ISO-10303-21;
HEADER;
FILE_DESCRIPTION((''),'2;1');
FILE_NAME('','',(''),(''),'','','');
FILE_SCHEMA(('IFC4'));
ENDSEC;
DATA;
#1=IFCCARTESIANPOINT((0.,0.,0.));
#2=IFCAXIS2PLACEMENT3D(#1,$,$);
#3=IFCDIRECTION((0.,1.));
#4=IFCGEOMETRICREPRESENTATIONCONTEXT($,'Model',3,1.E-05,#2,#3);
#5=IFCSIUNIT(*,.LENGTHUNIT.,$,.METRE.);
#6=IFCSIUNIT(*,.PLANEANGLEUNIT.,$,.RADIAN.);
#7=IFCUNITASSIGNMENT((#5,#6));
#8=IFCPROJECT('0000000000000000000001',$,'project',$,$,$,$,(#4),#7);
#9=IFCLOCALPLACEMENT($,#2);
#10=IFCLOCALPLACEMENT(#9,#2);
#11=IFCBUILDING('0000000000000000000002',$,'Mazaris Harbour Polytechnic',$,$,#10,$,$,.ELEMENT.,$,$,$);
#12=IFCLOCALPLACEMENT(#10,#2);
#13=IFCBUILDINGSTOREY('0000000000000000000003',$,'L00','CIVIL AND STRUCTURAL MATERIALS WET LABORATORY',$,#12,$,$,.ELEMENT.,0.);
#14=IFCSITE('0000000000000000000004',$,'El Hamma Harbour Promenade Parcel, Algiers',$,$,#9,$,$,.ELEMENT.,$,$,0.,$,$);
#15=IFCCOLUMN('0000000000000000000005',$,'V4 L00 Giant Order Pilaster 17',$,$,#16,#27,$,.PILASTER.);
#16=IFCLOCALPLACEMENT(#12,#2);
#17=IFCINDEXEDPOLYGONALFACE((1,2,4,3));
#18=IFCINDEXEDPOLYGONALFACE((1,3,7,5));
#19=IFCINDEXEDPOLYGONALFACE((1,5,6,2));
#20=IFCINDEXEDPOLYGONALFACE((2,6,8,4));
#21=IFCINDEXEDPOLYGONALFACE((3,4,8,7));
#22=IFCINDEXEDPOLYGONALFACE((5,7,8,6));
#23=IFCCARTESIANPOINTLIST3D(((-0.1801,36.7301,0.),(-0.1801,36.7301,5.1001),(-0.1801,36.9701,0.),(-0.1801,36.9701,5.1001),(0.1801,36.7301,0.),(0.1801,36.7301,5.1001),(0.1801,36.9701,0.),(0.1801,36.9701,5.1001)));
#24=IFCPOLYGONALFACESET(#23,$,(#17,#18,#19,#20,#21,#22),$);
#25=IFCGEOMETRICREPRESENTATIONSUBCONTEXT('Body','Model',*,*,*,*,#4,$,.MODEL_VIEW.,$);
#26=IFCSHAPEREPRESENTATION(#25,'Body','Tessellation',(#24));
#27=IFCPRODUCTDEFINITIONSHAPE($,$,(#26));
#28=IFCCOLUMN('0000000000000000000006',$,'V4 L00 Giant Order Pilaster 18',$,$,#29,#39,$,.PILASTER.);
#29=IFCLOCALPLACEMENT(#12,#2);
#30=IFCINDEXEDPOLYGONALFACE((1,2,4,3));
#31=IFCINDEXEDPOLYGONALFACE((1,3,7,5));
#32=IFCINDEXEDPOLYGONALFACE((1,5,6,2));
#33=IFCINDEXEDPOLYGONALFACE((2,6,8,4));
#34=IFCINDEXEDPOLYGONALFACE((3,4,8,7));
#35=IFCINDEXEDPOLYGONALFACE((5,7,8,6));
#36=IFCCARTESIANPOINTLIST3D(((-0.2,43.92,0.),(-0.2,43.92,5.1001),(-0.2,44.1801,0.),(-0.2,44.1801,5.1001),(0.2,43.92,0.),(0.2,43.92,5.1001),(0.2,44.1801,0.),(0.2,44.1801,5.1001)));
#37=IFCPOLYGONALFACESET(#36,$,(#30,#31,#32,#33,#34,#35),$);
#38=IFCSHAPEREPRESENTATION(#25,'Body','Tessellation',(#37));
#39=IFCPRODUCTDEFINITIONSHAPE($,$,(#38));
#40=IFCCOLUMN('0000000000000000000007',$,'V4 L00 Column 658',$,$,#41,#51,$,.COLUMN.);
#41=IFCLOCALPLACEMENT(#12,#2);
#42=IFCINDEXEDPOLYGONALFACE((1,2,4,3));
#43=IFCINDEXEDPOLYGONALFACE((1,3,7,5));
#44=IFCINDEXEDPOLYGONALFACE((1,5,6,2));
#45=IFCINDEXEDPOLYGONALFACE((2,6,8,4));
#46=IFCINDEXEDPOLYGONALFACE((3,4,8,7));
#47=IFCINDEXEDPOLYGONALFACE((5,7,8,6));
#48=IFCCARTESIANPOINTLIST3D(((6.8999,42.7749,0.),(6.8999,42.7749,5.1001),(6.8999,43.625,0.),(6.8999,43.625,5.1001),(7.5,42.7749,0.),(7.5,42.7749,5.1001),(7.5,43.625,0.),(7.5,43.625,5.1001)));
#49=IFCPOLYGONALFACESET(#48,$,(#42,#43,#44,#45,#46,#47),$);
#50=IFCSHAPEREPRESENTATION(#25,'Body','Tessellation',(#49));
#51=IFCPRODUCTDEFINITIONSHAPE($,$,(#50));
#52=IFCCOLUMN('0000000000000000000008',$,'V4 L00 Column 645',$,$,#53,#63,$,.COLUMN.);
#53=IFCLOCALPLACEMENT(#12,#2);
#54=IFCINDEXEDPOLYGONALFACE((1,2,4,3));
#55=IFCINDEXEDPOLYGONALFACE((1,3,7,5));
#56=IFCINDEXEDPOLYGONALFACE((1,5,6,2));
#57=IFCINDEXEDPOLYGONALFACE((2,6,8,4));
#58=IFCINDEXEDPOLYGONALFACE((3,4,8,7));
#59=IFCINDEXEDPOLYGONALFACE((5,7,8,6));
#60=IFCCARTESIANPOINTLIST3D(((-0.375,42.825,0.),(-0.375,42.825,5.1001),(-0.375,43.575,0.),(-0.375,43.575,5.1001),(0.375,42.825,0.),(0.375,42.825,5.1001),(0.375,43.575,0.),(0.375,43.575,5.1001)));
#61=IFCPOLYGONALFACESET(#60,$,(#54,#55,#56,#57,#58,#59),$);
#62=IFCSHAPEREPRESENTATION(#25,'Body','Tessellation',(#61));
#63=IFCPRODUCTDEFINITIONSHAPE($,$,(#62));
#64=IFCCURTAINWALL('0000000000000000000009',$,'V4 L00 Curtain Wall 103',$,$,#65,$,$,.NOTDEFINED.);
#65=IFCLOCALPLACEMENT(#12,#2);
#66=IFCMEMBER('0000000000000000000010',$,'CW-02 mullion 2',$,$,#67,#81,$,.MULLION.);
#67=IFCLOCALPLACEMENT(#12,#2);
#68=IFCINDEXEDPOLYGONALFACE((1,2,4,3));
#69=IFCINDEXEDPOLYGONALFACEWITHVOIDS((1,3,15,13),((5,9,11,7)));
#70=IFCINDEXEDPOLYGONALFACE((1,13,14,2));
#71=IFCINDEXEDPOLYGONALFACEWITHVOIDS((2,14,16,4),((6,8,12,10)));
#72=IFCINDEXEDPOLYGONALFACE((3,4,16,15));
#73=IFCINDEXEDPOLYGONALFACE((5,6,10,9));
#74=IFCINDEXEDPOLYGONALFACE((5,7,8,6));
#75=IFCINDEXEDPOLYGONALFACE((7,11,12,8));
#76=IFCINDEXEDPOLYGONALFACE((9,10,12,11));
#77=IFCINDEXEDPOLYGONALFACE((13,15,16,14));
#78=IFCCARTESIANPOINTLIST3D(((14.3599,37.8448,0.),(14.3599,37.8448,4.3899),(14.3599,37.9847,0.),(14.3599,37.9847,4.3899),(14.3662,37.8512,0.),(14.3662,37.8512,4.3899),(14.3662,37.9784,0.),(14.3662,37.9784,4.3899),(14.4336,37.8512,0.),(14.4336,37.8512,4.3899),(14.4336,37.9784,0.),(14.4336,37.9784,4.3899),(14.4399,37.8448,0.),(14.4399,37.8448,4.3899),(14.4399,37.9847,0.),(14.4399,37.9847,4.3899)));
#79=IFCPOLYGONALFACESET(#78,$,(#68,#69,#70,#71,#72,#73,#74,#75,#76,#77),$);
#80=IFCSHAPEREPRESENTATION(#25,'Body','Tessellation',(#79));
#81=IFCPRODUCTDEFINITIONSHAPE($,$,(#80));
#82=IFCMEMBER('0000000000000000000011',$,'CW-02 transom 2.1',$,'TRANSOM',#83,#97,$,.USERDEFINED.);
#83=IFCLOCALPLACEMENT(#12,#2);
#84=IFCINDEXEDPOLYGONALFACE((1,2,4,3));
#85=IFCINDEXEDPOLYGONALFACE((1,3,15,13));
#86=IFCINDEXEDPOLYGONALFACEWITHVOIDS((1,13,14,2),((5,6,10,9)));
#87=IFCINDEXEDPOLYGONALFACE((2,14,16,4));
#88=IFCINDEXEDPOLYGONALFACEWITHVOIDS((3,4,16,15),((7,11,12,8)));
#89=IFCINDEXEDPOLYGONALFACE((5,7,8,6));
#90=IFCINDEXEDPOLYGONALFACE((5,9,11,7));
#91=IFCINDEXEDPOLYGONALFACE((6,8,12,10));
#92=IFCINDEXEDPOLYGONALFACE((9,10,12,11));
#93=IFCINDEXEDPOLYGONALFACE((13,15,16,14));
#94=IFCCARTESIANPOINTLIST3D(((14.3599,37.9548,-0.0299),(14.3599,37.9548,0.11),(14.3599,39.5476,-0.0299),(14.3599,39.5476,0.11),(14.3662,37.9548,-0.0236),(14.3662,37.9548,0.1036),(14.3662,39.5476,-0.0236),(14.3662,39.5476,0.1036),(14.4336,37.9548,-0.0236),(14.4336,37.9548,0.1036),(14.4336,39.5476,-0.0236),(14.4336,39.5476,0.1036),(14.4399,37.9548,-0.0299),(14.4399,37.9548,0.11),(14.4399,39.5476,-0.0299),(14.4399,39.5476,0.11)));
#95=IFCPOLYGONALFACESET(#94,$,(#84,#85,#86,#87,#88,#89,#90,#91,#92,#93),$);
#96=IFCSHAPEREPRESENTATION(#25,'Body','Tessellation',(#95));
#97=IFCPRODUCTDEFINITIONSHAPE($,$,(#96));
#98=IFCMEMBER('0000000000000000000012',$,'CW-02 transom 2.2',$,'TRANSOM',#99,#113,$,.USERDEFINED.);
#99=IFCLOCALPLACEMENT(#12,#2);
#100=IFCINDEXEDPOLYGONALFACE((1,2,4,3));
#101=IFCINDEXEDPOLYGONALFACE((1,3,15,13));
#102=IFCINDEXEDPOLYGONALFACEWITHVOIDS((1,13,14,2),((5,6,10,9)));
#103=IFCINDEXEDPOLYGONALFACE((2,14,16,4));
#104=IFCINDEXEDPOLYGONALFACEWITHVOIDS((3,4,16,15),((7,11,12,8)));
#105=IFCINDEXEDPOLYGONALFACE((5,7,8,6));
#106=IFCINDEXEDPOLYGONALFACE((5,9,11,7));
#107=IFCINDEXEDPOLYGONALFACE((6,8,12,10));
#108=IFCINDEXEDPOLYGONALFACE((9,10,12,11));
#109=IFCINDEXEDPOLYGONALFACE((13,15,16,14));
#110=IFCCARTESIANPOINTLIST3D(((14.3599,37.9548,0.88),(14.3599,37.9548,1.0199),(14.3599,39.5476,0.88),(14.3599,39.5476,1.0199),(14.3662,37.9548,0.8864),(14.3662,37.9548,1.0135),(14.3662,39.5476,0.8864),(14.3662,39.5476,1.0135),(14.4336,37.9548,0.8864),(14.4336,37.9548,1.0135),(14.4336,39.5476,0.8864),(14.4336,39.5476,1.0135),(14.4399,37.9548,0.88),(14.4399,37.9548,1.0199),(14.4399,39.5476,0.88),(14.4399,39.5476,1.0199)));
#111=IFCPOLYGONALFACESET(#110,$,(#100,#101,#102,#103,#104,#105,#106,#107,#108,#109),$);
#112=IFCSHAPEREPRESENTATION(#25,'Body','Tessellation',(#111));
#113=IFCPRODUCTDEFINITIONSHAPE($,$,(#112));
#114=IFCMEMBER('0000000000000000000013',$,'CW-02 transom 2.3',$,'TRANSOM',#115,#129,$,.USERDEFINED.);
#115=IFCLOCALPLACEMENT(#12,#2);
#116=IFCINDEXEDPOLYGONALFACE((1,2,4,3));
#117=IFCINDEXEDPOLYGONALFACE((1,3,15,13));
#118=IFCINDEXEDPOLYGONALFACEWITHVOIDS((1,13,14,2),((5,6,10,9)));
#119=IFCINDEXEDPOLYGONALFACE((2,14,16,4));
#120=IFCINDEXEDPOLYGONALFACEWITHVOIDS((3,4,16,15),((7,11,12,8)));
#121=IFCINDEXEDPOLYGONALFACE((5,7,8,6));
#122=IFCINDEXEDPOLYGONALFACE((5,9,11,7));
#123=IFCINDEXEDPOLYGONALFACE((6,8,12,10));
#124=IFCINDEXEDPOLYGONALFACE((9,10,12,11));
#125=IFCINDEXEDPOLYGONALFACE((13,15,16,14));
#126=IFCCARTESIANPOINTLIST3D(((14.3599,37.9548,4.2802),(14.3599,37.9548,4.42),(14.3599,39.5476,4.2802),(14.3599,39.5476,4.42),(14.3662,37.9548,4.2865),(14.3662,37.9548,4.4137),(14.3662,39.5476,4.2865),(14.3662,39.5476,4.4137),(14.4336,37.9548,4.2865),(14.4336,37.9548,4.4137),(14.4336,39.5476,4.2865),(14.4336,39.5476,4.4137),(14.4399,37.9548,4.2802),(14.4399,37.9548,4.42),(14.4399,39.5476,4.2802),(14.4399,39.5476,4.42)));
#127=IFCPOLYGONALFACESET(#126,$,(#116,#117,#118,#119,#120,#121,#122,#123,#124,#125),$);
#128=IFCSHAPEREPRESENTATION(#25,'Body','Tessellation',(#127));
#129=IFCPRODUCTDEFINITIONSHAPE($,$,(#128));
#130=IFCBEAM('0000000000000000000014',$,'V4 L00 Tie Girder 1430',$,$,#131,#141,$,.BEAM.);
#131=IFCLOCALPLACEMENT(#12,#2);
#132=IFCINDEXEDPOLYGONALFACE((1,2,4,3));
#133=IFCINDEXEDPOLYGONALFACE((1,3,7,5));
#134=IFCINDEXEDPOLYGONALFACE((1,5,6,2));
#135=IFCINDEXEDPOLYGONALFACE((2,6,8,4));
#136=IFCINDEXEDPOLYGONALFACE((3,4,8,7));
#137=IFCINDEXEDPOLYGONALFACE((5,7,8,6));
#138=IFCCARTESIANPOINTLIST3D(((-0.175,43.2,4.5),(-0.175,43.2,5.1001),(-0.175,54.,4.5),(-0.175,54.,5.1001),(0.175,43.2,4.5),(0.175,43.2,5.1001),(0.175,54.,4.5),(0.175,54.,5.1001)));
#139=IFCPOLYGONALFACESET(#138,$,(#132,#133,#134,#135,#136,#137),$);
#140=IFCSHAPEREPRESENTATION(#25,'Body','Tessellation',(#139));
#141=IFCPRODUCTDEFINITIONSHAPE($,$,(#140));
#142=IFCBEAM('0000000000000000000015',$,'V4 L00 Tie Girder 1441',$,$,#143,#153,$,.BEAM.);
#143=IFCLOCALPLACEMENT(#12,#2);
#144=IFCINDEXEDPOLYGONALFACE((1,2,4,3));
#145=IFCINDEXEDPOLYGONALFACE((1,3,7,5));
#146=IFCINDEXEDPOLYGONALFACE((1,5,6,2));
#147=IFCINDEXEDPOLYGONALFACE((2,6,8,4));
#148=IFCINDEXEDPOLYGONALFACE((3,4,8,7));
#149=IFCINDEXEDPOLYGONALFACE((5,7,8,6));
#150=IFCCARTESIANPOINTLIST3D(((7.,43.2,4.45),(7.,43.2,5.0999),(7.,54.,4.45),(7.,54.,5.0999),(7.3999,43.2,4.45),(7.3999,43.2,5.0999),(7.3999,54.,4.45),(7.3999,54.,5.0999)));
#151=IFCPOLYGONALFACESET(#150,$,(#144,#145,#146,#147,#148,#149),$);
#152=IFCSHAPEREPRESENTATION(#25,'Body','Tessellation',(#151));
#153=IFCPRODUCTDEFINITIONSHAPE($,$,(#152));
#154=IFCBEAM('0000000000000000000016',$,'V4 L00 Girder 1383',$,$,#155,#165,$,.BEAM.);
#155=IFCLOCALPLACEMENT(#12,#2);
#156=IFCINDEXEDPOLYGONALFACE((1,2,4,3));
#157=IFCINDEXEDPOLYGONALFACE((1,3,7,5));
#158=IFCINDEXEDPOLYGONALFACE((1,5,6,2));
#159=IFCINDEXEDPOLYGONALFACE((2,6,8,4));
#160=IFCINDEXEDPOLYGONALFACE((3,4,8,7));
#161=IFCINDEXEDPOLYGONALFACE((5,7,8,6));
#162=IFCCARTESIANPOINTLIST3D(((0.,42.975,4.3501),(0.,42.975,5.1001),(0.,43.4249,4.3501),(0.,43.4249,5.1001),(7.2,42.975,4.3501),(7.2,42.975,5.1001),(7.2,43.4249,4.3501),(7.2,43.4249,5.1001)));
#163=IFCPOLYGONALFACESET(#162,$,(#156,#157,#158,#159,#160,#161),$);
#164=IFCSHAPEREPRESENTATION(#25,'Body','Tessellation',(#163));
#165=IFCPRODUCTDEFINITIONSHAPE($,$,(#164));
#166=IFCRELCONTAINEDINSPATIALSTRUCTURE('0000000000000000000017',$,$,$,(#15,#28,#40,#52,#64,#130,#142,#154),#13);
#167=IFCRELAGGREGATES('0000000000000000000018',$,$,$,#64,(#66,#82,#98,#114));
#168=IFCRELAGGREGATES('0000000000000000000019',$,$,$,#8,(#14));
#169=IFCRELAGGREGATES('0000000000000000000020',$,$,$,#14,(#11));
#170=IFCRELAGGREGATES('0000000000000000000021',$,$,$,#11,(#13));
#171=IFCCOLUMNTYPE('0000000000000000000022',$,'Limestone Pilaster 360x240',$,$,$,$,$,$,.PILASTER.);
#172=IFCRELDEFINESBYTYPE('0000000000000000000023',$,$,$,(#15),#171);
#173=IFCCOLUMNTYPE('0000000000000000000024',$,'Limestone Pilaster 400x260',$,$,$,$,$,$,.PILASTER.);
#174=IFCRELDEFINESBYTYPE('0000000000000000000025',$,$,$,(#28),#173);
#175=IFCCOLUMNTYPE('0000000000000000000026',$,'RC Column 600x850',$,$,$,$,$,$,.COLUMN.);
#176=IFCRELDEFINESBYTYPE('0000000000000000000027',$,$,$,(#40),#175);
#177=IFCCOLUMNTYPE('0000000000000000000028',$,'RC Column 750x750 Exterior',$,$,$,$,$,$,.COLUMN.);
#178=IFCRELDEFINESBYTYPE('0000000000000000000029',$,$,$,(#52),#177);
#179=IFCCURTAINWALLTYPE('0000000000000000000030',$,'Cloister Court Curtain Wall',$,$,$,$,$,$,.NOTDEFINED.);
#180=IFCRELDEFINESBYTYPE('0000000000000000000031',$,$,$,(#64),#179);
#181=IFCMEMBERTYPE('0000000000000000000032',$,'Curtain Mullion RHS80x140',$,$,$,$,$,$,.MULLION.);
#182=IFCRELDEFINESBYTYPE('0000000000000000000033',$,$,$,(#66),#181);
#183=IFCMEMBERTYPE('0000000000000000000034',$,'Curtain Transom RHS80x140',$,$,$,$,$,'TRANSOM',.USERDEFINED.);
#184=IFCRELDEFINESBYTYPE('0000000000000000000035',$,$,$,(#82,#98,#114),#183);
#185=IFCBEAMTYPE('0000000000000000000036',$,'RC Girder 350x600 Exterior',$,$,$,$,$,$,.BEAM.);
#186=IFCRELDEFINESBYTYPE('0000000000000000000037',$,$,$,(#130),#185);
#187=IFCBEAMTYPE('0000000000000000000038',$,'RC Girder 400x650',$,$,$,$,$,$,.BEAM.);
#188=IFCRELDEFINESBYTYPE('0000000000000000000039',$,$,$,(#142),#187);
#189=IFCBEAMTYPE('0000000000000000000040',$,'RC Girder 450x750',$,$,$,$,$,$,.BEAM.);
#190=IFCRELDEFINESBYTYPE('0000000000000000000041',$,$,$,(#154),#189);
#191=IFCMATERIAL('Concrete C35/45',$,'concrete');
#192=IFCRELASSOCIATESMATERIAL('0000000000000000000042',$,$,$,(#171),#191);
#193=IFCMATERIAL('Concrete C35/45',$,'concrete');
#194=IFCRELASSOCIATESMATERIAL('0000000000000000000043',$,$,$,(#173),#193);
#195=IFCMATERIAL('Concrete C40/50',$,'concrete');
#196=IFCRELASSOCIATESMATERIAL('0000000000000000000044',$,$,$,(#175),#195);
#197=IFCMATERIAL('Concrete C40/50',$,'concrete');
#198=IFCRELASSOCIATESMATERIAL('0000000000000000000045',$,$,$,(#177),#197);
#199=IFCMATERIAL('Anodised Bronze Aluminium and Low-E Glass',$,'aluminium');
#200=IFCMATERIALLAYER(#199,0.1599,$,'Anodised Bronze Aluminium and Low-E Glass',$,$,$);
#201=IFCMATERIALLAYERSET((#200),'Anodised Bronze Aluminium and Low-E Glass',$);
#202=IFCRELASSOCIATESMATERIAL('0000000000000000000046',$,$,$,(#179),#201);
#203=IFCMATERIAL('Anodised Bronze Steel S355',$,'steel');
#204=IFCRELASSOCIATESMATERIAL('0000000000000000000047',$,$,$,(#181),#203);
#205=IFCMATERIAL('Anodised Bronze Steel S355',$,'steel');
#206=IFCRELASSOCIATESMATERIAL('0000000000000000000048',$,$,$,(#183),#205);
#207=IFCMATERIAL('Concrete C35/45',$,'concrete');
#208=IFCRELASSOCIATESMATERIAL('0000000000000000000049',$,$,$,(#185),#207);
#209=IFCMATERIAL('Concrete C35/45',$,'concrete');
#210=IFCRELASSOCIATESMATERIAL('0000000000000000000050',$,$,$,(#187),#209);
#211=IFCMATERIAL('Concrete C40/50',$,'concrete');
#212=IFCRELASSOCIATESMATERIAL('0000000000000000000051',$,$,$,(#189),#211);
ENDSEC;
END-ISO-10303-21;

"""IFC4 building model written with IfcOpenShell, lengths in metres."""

from ifc_helpers import new_model, si_unit, direction, frame, origin, origin_2d, place, context, subcontext, project, spatial, rectangle, hollow_rectangle, extrude, material, layer, layer_set, material_profile, profile_set, type_object, element, aggregate, save


model = new_model("IFC4")

# Units and contexts
model_context = context("Model", 3, precision=1e-05, world=origin(), true_north=direction((0.0, 1.0)))
body_context = subcontext(model_context, "Body", "Model", "MODEL_VIEW")
ifc_project = project(units=[si_unit("LENGTHUNIT", "METRE"), si_unit("PLANEANGLEUNIT", "RADIAN")], contexts=[model_context])

# Site, building, storey
site_placement = place(None, origin())
site = spatial("IfcSite", under=ifc_project, at=site_placement, Name="El Hamma Harbour Promenade Parcel, Algiers", CompositionType="ELEMENT", RefElevation=0.0)
building_placement = place(site_placement, origin())
building = spatial("IfcBuilding", under=site, at=building_placement, Name="Mazaris Harbour Polytechnic", CompositionType="ELEMENT")
storey_placement = place(building_placement, origin())
storey = spatial("IfcBuildingStorey", under=building, at=storey_placement, Name="L00", Description="CIVIL AND STRUCTURAL MATERIALS WET LABORATORY", CompositionType="ELEMENT", Elevation=0.0)

# Columns
ifc_material_1 = material(Name="Concrete C35/45", Category="concrete")
ifc_material_profile_1 = material_profile(ifc_material_1, rectangle(XDim=0.3601, YDim=0.24, at=origin_2d()), Name="RECT360x240")
ifc_profile_set_1 = profile_set([ifc_material_profile_1], Name="Concrete C35/45")
column_type_1 = type_object("IfcColumnType", Name="Limestone Pilaster 360x240", PredefinedType="PILASTER", material=ifc_profile_set_1)
column_1_placement = place(storey_placement, frame((0.0, 36.8501, 0.0), z_axis=(0.0, 0.0, 1.0), x_axis=(1.0, 0.0, 0.0)))
element("IfcColumn", 1, at=column_1_placement, inside=storey, type_object=column_type_1, Name="V4 L00 Giant Order Pilaster 17", PredefinedType="PILASTER", context=body_context, shape_type="SweptSolid", body=[
    extrude(rectangle(XDim=0.3601, YDim=0.24, at=origin_2d()), origin(), (0.0, 0.0, 1.0), 5.1001),
])
ifc_material_2 = material(Name="Concrete C35/45", Category="concrete")
ifc_material_profile_2 = material_profile(ifc_material_2, rectangle(XDim=0.3999, YDim=0.26, at=origin_2d()), Name="RECT400x260")
ifc_profile_set_2 = profile_set([ifc_material_profile_2], Name="Concrete C35/45")
column_type_2 = type_object("IfcColumnType", Name="Limestone Pilaster 400x260", PredefinedType="PILASTER", material=ifc_profile_set_2)
column_2_placement = place(storey_placement, frame((0.0, 44.05, 0.0), z_axis=(0.0, 0.0, 1.0), x_axis=(1.0, 0.0, 0.0)))
element("IfcColumn", 2, at=column_2_placement, inside=storey, type_object=column_type_2, Name="V4 L00 Giant Order Pilaster 18", PredefinedType="PILASTER", context=body_context, shape_type="SweptSolid", body=[
    extrude(rectangle(XDim=0.3999, YDim=0.26, at=origin_2d()), origin(), (0.0, 0.0, 1.0), 5.1001),
])
ifc_material_3 = material(Name="Concrete C40/50", Category="concrete")
ifc_material_profile_3 = material_profile(ifc_material_3, rectangle(XDim=0.6001, YDim=0.8501, at=origin_2d()), Name="RECT600x850")
ifc_profile_set_3 = profile_set([ifc_material_profile_3], Name="Concrete C40/50")
column_type_3 = type_object("IfcColumnType", Name="RC Column 600x850", PredefinedType="COLUMN", material=ifc_profile_set_3)
column_3_placement = place(storey_placement, frame((7.2, 43.2, 0.0), z_axis=(0.0, 0.0, 1.0), x_axis=(1.0, 0.0, 0.0)))
element("IfcColumn", 3, at=column_3_placement, inside=storey, type_object=column_type_3, Name="V4 L00 Column 658", PredefinedType="COLUMN", context=body_context, shape_type="SweptSolid", body=[
    extrude(rectangle(XDim=0.6001, YDim=0.8501, at=origin_2d()), origin(), (0.0, 0.0, 1.0), 5.1001),
])
ifc_material_4 = material(Name="Concrete C40/50", Category="concrete")
ifc_material_profile_4 = material_profile(ifc_material_4, rectangle(XDim=0.75, YDim=0.75, at=origin_2d()), Name="RECT750x750")
ifc_profile_set_4 = profile_set([ifc_material_profile_4], Name="Concrete C40/50")
column_type_4 = type_object("IfcColumnType", Name="RC Column 750x750 Exterior", PredefinedType="COLUMN", material=ifc_profile_set_4)
column_4_placement = place(storey_placement, frame((0.0, 43.2, 0.0), z_axis=(0.0, 0.0, 1.0), x_axis=(1.0, 0.0, 0.0)))
element("IfcColumn", 4, at=column_4_placement, inside=storey, type_object=column_type_4, Name="V4 L00 Column 645", PredefinedType="COLUMN", context=body_context, shape_type="SweptSolid", body=[
    extrude(rectangle(XDim=0.75, YDim=0.75, at=origin_2d()), origin(), (0.0, 0.0, 1.0), 5.1001),
])

# Curtain wall, members
ifc_material_5 = material(Name="Anodised Bronze Aluminium and Low-E Glass", Category="aluminium")
ifc_layer_1 = layer(ifc_material_5, 0.1599, Name="Anodised Bronze Aluminium and Low-E Glass")
ifc_layer_set_1 = layer_set([ifc_layer_1], Name="Anodised Bronze Aluminium and Low-E Glass")
curtain_wall_type = type_object("IfcCurtainWallType", Name="Cloister Court Curtain Wall", PredefinedType="NOTDEFINED", material=ifc_layer_set_1)
curtain_wall_placement = place(storey_placement, origin())
curtain_wall = element("IfcCurtainWall", 5, at=curtain_wall_placement, inside=storey, type_object=curtain_wall_type, Name="V4 L00 Curtain Wall 103", PredefinedType="NOTDEFINED")
ifc_material_6 = material(Name="Anodised Bronze Steel S355", Category="steel")
ifc_material_profile_5 = material_profile(ifc_material_6, hollow_rectangle(XDim=0.0801, YDim=0.1399, WallThickness=0.0063, at=origin_2d()), Name="RHS 80x140x6.3")
ifc_profile_set_5 = profile_set([ifc_material_profile_5], Name="Anodised Bronze Steel S355")
member_type_1 = type_object("IfcMemberType", Name="Curtain Mullion RHS80x140", PredefinedType="MULLION", material=ifc_profile_set_5)
member_1_placement = place(storey_placement, frame((14.3999, 37.9148, 0.0), z_axis=(0.0, 0.0, 1.0), x_axis=(-1.0, 0.0, 0.0)))
member_1 = element("IfcMember", 6, at=member_1_placement, type_object=member_type_1, Name="CW-02 mullion 2", PredefinedType="MULLION", context=body_context, shape_type="SweptSolid", body=[
    extrude(hollow_rectangle(XDim=0.0801, YDim=0.1399, WallThickness=0.0063, at=origin_2d()), origin(), (0.0, 0.0, 1.0), 4.3899),
])
ifc_material_7 = material(Name="Anodised Bronze Steel S355", Category="steel")
ifc_material_profile_6 = material_profile(ifc_material_7, hollow_rectangle(XDim=0.0801, YDim=0.1399, WallThickness=0.0063, at=origin_2d()), Name="RHS 80x140x6.3")
ifc_profile_set_6 = profile_set([ifc_material_profile_6], Name="Anodised Bronze Steel S355")
member_type_2 = type_object("IfcMemberType", Name="Curtain Transom RHS80x140", ElementType="TRANSOM", PredefinedType="USERDEFINED", material=ifc_profile_set_6)
member_2_placement = place(storey_placement, frame((14.3999, 37.9548, 0.04), z_axis=(0.0, 1.0, 0.0), x_axis=(-1.0, 0.0, 0.0)))
member_2 = element("IfcMember", 7, at=member_2_placement, type_object=member_type_2, Name="CW-02 transom 2.1", ObjectType="TRANSOM", PredefinedType="USERDEFINED", context=body_context, shape_type="SweptSolid", body=[
    extrude(hollow_rectangle(XDim=0.0801, YDim=0.1399, WallThickness=0.0063, at=origin_2d()), origin(), (0.0, 0.0, 1.0), 1.5928),
])
member_3_placement = place(storey_placement, frame((14.3999, 37.9548, 0.95), z_axis=(0.0, 1.0, 0.0), x_axis=(-1.0, 0.0, 0.0)))
member_3 = element("IfcMember", 8, at=member_3_placement, type_object=member_type_2, Name="CW-02 transom 2.2", ObjectType="TRANSOM", PredefinedType="USERDEFINED", context=body_context, shape_type="SweptSolid", body=[
    extrude(hollow_rectangle(XDim=0.0801, YDim=0.1399, WallThickness=0.0063, at=origin_2d()), origin(), (0.0, 0.0, 1.0), 1.5928),
])
member_4_placement = place(storey_placement, frame((14.3999, 37.9548, 4.3501), z_axis=(0.0, 1.0, 0.0), x_axis=(-1.0, 0.0, 0.0)))
member_4 = element("IfcMember", 9, at=member_4_placement, type_object=member_type_2, Name="CW-02 transom 2.3", ObjectType="TRANSOM", PredefinedType="USERDEFINED", context=body_context, shape_type="SweptSolid", body=[
    extrude(hollow_rectangle(XDim=0.0801, YDim=0.1399, WallThickness=0.0063, at=origin_2d()), origin(), (0.0, 0.0, 1.0), 1.5928),
])

# Beams
ifc_material_8 = material(Name="Concrete C35/45", Category="concrete")
ifc_material_profile_7 = material_profile(ifc_material_8, rectangle(XDim=0.3501, YDim=0.6001, at=origin_2d()), Name="RECT350x600")
ifc_profile_set_7 = profile_set([ifc_material_profile_7], Name="Concrete C35/45")
beam_type_1 = type_object("IfcBeamType", Name="RC Girder 350x600 Exterior", PredefinedType="BEAM", material=ifc_profile_set_7)
beam_1_placement = place(storey_placement, frame((0.0, 43.2, 4.8), z_axis=(0.0, 1.0, 0.0), x_axis=(-1.0, 0.0, 0.0)))
element("IfcBeam", 10, at=beam_1_placement, inside=storey, type_object=beam_type_1, Name="V4 L00 Tie Girder 1430", PredefinedType="BEAM", context=body_context, shape_type="SweptSolid", body=[
    extrude(rectangle(XDim=0.3501, YDim=0.6001, at=origin_2d()), origin(), (0.0, 0.0, 1.0), 10.8),
])
ifc_material_9 = material(Name="Concrete C35/45", Category="concrete")
ifc_material_profile_8 = material_profile(ifc_material_9, rectangle(XDim=0.3999, YDim=0.6499, at=origin_2d()), Name="RECT400x650")
ifc_profile_set_8 = profile_set([ifc_material_profile_8], Name="Concrete C35/45")
beam_type_2 = type_object("IfcBeamType", Name="RC Girder 400x650", PredefinedType="BEAM", material=ifc_profile_set_8)
beam_2_placement = place(storey_placement, frame((7.2, 43.2, 4.7749), z_axis=(0.0, 1.0, 0.0), x_axis=(-1.0, 0.0, 0.0)))
element("IfcBeam", 11, at=beam_2_placement, inside=storey, type_object=beam_type_2, Name="V4 L00 Tie Girder 1441", PredefinedType="BEAM", context=body_context, shape_type="SweptSolid", body=[
    extrude(rectangle(XDim=0.3999, YDim=0.6499, at=origin_2d()), origin(), (0.0, 0.0, 1.0), 10.8),
])
ifc_material_10 = material(Name="Concrete C40/50", Category="concrete")
ifc_material_profile_9 = material_profile(ifc_material_10, rectangle(XDim=0.45, YDim=0.75, at=origin_2d()), Name="RECT450x750")
ifc_profile_set_9 = profile_set([ifc_material_profile_9], Name="Concrete C40/50")
beam_type_3 = type_object("IfcBeamType", Name="RC Girder 450x750", PredefinedType="BEAM", material=ifc_profile_set_9)
beam_3_placement = place(storey_placement, frame((0.0, 43.2, 4.7251), z_axis=(1.0, 0.0, 0.0), x_axis=(0.0, 1.0, 0.0)))
element("IfcBeam", 12, at=beam_3_placement, inside=storey, type_object=beam_type_3, Name="V4 L00 Girder 1383", PredefinedType="BEAM", context=body_context, shape_type="SweptSolid", body=[
    extrude(rectangle(XDim=0.45, YDim=0.75, at=origin_2d()), origin(), (0.0, 0.0, 1.0), 7.2),
])

aggregate(curtain_wall, [member_1, member_2, member_3, member_4])

save(model, "model.ifc")
